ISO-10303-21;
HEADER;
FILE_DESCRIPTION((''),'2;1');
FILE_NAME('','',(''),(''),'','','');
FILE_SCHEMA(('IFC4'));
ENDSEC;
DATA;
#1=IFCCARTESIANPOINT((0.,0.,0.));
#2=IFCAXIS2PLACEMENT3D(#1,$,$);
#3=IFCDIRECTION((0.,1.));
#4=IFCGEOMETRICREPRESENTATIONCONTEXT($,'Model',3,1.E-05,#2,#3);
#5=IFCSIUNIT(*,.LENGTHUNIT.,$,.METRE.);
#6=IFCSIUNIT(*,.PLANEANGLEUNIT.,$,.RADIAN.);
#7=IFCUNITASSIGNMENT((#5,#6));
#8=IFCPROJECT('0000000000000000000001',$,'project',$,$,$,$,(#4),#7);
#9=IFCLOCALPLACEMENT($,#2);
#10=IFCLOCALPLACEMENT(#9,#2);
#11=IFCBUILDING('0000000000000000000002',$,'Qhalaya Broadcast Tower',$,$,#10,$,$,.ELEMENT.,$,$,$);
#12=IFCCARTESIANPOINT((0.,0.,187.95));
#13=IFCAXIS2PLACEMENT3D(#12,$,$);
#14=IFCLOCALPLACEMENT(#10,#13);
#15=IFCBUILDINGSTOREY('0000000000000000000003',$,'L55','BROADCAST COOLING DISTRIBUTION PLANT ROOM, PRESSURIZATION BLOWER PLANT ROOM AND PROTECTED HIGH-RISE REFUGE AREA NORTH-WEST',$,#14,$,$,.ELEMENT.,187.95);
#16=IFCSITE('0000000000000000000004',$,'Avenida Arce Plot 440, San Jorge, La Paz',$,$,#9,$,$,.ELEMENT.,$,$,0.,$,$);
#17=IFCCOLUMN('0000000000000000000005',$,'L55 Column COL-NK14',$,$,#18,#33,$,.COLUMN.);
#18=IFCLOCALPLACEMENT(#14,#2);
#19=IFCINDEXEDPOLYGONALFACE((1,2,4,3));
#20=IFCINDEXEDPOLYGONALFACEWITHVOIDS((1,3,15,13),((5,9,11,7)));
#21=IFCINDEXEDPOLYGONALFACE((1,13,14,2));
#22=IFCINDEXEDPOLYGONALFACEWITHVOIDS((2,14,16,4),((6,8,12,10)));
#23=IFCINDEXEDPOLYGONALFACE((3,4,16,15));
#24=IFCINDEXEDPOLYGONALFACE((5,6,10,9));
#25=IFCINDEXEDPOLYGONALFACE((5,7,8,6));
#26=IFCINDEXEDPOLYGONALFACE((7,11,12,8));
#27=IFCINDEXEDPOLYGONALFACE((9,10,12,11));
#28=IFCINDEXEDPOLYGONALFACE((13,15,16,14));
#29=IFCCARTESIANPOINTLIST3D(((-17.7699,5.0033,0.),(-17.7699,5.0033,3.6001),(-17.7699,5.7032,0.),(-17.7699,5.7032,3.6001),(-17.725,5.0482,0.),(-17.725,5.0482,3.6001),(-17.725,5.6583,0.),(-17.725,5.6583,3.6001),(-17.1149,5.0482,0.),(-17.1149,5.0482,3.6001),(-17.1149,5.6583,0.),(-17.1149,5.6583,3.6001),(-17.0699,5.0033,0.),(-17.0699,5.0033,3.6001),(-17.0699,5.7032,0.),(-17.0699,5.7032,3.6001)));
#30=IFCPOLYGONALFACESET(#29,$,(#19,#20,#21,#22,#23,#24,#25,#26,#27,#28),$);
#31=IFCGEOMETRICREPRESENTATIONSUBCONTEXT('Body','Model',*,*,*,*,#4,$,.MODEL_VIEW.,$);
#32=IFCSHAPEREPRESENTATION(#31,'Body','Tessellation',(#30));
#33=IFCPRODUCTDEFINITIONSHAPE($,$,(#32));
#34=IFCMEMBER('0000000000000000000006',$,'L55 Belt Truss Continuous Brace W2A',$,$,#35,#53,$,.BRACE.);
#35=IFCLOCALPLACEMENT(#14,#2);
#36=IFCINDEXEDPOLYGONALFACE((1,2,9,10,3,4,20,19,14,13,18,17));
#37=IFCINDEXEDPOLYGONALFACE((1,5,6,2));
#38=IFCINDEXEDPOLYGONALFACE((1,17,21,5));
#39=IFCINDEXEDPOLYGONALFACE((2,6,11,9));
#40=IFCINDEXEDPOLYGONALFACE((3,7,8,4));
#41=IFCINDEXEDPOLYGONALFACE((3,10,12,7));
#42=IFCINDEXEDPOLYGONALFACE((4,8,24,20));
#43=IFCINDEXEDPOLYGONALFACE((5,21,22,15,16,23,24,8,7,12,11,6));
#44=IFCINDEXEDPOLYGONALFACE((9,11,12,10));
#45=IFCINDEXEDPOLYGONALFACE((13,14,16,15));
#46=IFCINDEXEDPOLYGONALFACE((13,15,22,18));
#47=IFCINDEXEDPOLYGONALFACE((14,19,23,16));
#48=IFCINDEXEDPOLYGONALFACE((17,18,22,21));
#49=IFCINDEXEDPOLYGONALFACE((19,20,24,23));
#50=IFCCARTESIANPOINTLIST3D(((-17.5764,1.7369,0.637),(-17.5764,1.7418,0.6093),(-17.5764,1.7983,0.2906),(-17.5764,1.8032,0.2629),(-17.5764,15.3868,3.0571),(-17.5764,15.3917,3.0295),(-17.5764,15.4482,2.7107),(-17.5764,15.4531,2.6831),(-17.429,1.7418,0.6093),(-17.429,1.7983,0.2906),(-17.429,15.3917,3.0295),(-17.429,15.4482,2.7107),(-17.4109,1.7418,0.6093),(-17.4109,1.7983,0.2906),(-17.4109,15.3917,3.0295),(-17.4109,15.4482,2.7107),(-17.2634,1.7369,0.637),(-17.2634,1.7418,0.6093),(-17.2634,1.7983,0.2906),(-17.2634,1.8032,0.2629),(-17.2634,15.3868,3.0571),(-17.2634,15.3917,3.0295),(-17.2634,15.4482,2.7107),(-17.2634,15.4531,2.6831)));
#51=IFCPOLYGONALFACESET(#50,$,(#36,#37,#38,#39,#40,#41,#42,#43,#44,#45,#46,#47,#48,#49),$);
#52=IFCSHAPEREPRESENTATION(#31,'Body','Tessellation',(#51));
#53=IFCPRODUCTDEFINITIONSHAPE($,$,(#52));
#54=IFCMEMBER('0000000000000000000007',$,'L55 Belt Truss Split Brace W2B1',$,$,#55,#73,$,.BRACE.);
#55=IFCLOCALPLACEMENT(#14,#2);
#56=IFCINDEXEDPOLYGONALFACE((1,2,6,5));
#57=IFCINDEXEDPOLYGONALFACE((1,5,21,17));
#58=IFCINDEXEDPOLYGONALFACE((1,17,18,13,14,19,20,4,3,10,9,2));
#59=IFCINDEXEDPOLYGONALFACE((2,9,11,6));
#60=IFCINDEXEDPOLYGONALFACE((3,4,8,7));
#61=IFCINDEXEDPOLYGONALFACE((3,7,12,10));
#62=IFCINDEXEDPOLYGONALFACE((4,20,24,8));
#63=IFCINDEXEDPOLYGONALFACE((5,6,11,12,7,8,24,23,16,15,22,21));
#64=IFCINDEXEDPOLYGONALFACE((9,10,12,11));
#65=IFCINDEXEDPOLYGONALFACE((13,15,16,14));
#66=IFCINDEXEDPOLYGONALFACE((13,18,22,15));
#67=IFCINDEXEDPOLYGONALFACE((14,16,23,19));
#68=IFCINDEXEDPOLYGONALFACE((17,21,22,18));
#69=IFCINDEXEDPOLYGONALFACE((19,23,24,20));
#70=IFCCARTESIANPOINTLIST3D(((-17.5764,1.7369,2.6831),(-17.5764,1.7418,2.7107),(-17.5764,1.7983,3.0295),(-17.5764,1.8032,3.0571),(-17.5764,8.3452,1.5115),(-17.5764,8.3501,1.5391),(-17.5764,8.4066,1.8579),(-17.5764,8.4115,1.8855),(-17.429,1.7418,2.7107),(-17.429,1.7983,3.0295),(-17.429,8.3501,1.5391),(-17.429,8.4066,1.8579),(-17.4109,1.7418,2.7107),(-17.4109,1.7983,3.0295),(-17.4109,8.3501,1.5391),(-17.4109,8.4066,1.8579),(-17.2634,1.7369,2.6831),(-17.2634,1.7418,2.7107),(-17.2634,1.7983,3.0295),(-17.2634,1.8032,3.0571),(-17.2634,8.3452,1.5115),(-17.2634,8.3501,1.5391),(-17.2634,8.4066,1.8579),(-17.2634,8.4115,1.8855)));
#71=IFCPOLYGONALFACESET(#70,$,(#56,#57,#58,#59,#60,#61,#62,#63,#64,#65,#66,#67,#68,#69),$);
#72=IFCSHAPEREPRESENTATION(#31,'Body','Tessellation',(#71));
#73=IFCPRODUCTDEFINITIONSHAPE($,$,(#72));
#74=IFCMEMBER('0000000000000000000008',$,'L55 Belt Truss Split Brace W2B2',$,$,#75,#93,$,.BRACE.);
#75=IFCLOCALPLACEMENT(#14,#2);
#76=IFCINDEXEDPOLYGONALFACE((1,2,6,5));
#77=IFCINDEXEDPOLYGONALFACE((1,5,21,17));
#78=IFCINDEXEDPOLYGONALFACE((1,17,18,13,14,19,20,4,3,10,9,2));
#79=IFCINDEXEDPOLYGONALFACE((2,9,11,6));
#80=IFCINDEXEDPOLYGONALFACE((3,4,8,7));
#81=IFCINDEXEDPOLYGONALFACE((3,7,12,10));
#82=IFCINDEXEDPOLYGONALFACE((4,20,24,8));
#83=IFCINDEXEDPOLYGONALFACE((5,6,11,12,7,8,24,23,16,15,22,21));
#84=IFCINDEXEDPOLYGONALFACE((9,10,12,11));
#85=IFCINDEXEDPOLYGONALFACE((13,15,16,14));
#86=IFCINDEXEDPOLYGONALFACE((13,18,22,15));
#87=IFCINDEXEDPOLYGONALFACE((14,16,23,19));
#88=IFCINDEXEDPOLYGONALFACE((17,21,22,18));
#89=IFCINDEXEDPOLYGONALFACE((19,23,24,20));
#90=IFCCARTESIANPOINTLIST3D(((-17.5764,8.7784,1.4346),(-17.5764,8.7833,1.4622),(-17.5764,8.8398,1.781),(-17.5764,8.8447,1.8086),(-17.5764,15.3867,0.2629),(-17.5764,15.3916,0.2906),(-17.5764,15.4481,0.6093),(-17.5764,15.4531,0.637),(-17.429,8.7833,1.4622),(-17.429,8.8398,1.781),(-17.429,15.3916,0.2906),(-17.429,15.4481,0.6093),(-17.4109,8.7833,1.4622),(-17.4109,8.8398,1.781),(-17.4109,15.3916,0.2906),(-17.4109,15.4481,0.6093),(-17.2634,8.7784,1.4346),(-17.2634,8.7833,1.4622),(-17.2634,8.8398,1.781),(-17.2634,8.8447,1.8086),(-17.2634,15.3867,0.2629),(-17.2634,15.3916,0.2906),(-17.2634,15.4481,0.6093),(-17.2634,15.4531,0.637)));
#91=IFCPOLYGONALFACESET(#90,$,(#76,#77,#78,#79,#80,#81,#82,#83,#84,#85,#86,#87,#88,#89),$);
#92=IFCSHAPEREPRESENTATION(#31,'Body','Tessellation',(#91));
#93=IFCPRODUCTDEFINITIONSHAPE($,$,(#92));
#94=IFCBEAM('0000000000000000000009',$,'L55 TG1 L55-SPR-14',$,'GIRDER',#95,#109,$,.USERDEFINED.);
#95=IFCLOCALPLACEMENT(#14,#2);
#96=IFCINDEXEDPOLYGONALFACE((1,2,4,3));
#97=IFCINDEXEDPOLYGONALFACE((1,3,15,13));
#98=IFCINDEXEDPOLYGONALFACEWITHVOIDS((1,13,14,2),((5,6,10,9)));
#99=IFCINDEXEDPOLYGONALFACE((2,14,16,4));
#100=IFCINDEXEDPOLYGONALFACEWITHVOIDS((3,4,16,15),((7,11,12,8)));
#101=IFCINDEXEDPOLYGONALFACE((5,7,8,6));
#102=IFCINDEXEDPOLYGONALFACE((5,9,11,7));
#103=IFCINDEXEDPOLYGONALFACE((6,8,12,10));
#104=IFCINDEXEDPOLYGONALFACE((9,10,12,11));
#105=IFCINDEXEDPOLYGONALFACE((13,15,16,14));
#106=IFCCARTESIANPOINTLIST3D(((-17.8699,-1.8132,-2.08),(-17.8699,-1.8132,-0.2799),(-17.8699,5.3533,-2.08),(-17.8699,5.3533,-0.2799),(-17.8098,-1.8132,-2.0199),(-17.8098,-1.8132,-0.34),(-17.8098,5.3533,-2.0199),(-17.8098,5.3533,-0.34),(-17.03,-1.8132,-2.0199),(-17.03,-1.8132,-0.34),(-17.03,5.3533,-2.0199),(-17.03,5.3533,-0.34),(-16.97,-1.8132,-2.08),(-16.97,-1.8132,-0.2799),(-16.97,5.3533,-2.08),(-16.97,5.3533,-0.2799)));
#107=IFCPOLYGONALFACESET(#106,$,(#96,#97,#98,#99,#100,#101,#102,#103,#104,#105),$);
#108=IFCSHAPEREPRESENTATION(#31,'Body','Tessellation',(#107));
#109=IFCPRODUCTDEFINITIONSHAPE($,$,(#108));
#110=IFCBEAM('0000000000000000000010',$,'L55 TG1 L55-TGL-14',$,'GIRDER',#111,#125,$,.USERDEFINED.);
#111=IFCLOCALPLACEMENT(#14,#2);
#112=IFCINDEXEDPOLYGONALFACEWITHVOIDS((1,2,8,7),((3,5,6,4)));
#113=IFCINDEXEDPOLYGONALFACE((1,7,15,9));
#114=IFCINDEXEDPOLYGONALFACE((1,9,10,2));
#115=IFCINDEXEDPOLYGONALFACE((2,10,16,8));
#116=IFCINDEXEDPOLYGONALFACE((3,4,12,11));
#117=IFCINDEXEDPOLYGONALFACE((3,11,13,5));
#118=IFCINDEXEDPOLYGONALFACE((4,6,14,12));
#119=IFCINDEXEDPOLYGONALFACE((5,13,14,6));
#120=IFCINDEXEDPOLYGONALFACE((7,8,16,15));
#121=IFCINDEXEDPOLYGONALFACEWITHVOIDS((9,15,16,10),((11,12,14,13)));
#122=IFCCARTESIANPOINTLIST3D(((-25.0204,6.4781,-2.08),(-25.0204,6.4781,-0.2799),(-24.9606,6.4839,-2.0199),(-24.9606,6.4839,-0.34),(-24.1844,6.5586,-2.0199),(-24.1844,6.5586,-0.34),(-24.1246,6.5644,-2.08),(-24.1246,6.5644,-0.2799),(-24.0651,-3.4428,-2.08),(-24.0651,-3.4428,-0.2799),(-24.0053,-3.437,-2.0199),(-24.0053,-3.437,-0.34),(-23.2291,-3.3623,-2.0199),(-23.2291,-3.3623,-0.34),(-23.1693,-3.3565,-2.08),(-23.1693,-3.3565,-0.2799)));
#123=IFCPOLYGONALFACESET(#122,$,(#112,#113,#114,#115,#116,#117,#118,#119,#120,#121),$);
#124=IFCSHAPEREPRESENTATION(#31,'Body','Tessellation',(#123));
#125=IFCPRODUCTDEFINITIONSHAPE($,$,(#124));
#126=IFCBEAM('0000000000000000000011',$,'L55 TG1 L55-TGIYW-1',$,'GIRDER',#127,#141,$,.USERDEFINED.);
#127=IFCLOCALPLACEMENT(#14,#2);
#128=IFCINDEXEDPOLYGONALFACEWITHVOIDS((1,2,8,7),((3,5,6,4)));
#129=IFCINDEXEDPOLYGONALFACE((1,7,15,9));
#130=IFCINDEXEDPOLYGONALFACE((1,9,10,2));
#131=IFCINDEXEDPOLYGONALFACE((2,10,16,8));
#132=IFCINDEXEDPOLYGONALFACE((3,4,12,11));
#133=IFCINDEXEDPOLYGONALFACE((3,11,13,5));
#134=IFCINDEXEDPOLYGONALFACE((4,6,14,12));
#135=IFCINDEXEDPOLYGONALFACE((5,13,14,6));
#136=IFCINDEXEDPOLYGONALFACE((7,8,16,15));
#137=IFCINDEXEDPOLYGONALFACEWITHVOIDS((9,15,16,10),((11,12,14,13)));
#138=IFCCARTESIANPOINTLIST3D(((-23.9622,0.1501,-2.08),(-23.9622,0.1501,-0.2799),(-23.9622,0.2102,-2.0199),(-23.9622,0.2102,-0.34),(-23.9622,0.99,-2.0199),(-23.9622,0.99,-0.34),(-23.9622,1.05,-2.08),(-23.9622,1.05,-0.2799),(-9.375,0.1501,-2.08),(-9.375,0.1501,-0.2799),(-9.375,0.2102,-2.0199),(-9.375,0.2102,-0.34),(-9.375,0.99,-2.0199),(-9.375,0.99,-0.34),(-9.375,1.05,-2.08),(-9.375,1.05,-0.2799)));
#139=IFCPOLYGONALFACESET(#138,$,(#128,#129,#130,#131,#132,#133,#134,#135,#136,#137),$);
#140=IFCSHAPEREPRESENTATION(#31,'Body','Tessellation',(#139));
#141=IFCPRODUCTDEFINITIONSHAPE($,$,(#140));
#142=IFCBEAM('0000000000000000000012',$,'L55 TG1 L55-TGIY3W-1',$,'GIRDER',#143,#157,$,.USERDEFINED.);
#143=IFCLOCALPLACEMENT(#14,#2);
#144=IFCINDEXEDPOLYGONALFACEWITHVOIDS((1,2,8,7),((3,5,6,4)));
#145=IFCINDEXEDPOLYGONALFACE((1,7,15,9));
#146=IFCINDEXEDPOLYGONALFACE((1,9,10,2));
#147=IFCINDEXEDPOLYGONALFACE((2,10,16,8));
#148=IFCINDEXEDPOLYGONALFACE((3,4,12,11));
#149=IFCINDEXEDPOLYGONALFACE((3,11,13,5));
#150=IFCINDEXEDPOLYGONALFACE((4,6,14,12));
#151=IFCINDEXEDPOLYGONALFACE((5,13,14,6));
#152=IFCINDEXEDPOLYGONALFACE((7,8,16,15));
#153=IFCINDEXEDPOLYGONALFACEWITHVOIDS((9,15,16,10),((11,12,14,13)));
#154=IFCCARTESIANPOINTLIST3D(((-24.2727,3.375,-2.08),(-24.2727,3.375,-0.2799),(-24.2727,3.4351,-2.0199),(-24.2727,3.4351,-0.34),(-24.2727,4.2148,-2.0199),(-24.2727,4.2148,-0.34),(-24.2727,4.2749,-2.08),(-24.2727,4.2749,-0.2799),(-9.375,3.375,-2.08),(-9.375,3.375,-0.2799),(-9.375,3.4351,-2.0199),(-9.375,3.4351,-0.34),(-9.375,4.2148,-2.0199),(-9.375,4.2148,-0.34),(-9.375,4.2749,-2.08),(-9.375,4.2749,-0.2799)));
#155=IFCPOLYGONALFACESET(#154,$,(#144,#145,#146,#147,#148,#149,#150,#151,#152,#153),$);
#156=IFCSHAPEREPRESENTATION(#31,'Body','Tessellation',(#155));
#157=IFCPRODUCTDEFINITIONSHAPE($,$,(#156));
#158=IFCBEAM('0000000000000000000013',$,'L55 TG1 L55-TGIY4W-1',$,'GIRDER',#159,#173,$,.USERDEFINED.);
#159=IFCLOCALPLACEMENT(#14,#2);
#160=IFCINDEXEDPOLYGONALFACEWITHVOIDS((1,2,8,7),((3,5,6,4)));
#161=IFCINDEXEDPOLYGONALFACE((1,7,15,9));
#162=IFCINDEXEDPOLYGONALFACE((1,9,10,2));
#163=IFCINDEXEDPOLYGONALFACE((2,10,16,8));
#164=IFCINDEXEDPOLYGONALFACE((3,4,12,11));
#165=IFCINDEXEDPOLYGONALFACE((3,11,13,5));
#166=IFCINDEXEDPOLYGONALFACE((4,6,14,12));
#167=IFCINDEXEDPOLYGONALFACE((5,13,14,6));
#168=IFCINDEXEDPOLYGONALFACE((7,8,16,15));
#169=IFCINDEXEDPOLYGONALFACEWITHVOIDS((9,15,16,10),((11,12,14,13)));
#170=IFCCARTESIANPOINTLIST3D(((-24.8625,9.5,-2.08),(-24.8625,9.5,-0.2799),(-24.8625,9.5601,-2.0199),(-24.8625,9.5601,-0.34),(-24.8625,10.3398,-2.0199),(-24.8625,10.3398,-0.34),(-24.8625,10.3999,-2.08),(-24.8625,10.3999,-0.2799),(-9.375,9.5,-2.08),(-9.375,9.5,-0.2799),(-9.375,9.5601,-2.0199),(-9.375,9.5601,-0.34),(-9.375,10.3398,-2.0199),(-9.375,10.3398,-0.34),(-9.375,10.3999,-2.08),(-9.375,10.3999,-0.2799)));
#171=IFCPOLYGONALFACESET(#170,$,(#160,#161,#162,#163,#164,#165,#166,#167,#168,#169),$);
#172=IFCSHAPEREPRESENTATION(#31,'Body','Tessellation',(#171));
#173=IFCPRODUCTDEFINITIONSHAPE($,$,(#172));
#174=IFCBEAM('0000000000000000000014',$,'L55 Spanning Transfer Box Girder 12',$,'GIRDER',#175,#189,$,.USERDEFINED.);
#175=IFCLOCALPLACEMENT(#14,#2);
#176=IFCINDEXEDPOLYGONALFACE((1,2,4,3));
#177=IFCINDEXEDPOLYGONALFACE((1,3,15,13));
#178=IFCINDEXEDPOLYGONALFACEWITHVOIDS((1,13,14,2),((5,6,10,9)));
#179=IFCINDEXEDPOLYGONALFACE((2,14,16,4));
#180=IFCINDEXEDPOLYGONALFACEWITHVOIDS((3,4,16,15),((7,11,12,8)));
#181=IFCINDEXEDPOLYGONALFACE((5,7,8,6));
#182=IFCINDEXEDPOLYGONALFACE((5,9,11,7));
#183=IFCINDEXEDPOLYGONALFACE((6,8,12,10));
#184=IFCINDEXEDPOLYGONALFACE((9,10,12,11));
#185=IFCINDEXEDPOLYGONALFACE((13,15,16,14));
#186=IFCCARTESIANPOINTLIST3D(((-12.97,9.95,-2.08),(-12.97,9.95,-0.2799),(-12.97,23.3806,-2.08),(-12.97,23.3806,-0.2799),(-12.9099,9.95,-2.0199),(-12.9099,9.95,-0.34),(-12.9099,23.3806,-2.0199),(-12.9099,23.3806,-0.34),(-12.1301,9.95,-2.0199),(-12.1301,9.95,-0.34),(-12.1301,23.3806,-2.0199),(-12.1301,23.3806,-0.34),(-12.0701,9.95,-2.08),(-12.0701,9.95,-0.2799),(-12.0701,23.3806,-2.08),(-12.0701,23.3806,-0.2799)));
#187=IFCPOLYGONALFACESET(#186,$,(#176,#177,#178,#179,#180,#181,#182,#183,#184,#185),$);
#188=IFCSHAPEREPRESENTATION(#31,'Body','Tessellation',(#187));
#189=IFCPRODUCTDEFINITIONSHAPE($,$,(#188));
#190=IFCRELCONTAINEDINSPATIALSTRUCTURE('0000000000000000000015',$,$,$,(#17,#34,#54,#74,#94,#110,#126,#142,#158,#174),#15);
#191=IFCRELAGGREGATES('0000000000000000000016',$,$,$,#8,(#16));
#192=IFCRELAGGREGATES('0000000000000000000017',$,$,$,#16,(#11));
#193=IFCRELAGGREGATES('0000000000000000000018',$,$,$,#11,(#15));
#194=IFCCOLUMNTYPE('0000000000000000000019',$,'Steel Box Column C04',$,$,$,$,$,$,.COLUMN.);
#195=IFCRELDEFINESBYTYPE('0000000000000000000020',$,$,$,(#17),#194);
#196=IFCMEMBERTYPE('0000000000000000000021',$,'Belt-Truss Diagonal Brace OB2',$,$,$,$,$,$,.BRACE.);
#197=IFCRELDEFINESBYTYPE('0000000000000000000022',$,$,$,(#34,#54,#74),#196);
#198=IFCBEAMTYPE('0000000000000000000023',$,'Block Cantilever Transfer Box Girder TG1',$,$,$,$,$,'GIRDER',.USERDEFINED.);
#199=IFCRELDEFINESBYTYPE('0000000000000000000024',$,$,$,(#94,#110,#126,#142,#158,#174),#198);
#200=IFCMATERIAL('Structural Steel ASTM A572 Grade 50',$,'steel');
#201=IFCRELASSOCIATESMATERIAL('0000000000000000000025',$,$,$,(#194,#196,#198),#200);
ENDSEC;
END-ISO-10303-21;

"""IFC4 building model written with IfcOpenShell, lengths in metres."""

from ifc_helpers import new_model, si_unit, direction, frame, origin, origin_2d, place, context, subcontext, project, spatial, hollow_rectangle, i_section, extrude, material, material_profile, profile_set, type_object, element, save


model = new_model("IFC4")

# Units and contexts
model_context = context("Model", 3, precision=1e-05, world=origin(), true_north=direction((0.0, 1.0)))
body_context = subcontext(model_context, "Body", "Model", "MODEL_VIEW")
ifc_project = project(units=[si_unit("LENGTHUNIT", "METRE"), si_unit("PLANEANGLEUNIT", "RADIAN")], contexts=[model_context])

# Site, building, storey
site_placement = place(None, origin())
site = spatial("IfcSite", under=ifc_project, at=site_placement, Name="Avenida Arce Plot 440, San Jorge, La Paz", CompositionType="ELEMENT", RefElevation=0.0)
building_placement = place(site_placement, origin())
building = spatial("IfcBuilding", under=site, at=building_placement, Name="Qhalaya Broadcast Tower", CompositionType="ELEMENT")
storey_placement = place(building_placement, frame((0.0, 0.0, 187.95)))
storey = spatial("IfcBuildingStorey", under=building, at=storey_placement, Name="L55", Description="BROADCAST COOLING DISTRIBUTION PLANT ROOM, PRESSURIZATION BLOWER PLANT ROOM AND PROTECTED HIGH-RISE REFUGE AREA NORTH-WEST", CompositionType="ELEMENT", Elevation=187.95)

# Column
ifc_material_1 = material(Name="Structural Steel ASTM A572 Grade 50", Category="steel")
ifc_material_profile_1 = material_profile(ifc_material_1, hollow_rectangle(XDim=0.7, YDim=0.7, WallThickness=0.0449, at=origin_2d()), Name="BOX 700x700x45")
ifc_profile_set_1 = profile_set([ifc_material_profile_1], Name="Structural Steel ASTM A572 Grade 50")
column_type = type_object("IfcColumnType", Name="Steel Box Column C04", PredefinedType="COLUMN", material=ifc_profile_set_1)
column_placement = place(storey_placement, frame((-17.4199, 5.3533, 0.0), z_axis=(0.0, 0.0, 1.0), x_axis=(0.0, 1.0, 0.0)))
element("IfcColumn", 1, at=column_placement, inside=storey, type_object=column_type, Name="L55 Column COL-NK14", PredefinedType="COLUMN", context=body_context, shape_type="SweptSolid", body=[
    extrude(hollow_rectangle(XDim=0.7, YDim=0.7, WallThickness=0.0449, at=origin_2d()), origin(), (0.0, 0.0, 1.0), 3.6001),
])

# Members
ifc_material_profile_2 = material_profile(ifc_material_1, i_section(OverallWidth=0.313, OverallDepth=0.3799, WebThickness=0.0181, FlangeThickness=0.0281, at=origin_2d()), Name="W12X120")
ifc_profile_set_2 = profile_set([ifc_material_profile_2], Name="Structural Steel ASTM A572 Grade 50")
member_type = type_object("IfcMemberType", Name="Belt-Truss Diagonal Brace OB2", PredefinedType="BRACE", material=ifc_profile_set_2)
member_placement = place(storey_placement, frame((-17.4199, 1.77, 0.45), z_axis=(0.0, 0.984643, 0.17458), x_axis=(-1.0, 0.0, 0.0)))
element("IfcMember", 2, at=member_placement, inside=storey, type_object=member_type, Name="L55 Belt Truss Continuous Brace W2A", PredefinedType="BRACE", context=body_context, shape_type="SweptSolid", body=[
    extrude(i_section(OverallWidth=0.313, OverallDepth=0.3799, WebThickness=0.0181, FlangeThickness=0.0281, at=origin_2d()), origin(), (0.0, 0.0, 1.0), 13.8628),
])
for number, where, z_axis, x_axis, name in (
    (3, (-17.4199, 1.77, 2.8701), (0.0, 0.984644, -0.174572), (-1.0, 0.0, 0.0), "L55 Belt Truss Split Brace W2B1"),
    (4, (-17.4199, 8.8115, 1.6216), (0.0, 0.984644, -0.174572), (-1.0, 0.0, 0.0), "L55 Belt Truss Split Brace W2B2"),
):
    element("IfcMember", number, at=place(storey_placement, frame(where, z_axis=z_axis, x_axis=x_axis)), inside=storey, type_object=member_type, Name=name, PredefinedType="BRACE", context=body_context, shape_type="SweptSolid", body=[
        extrude(i_section(OverallWidth=0.313, OverallDepth=0.3799, WebThickness=0.0181, FlangeThickness=0.0281, at=origin_2d()), origin(), (0.0, 0.0, 1.0), 6.7114),
    ])

# Beams
ifc_material_profile_3 = material_profile(ifc_material_1, hollow_rectangle(XDim=0.8999, YDim=1.8, WallThickness=0.0601, at=origin_2d()), Name="BOX 900x1800x60")
ifc_profile_set_3 = profile_set([ifc_material_profile_3], Name="Structural Steel ASTM A572 Grade 50")
beam_type_1 = type_object("IfcBeamType", Name="Block Cantilever Transfer Box Girder TG1", ElementType="GIRDER", PredefinedType="USERDEFINED", material=ifc_profile_set_3)
beam_1_placement = place(storey_placement, frame((-17.4199, 5.3533, -1.1799), z_axis=(0.0, -1.0, 0.0), x_axis=(1.0, 0.0, 0.0)))
element("IfcBeam", 5, at=beam_1_placement, inside=storey, type_object=beam_type_1, Name="L55 TG1 L55-SPR-14", ObjectType="GIRDER", PredefinedType="USERDEFINED", context=body_context, shape_type="SweptSolid", body=[
    extrude(hollow_rectangle(XDim=0.8999, YDim=1.8, WallThickness=0.0601, at=origin_2d()), origin(), (0.0, 0.0, 1.0), 7.1665),
])
beam_2_placement = place(storey_placement, frame((-24.5725, 6.5212, -1.1799), z_axis=(0.095851, -0.995396, 0.0), x_axis=(0.995396, 0.095851, 0.0)))
element("IfcBeam", 6, at=beam_2_placement, inside=storey, type_object=beam_type_1, Name="L55 TG1 L55-TGL-14", ObjectType="GIRDER", PredefinedType="USERDEFINED", context=body_context, shape_type="SweptSolid", body=[
    extrude(hollow_rectangle(XDim=0.8999, YDim=1.8, WallThickness=0.0601, at=origin_2d()), origin(), (0.0, 0.0, 1.0), 9.9668),
])
beam_3_placement = place(storey_placement, frame((-23.9622, 0.6001, -1.1799), z_axis=(1.0, 0.0, 0.0), x_axis=(0.0, 1.0, 0.0)))
element("IfcBeam", 7, at=beam_3_placement, inside=storey, type_object=beam_type_1, Name="L55 TG1 L55-TGIYW-1", ObjectType="GIRDER", PredefinedType="USERDEFINED", context=body_context, shape_type="SweptSolid", body=[
    extrude(hollow_rectangle(XDim=0.8999, YDim=1.8, WallThickness=0.0601, at=origin_2d()), origin(), (0.0, 0.0, 1.0), 14.5872),
])
beam_4_placement = place(storey_placement, frame((-24.2727, 3.825, -1.1799), z_axis=(1.0, 0.0, 0.0), x_axis=(0.0, 1.0, 0.0)))
element("IfcBeam", 8, at=beam_4_placement, inside=storey, type_object=beam_type_1, Name="L55 TG1 L55-TGIY3W-1", ObjectType="GIRDER", PredefinedType="USERDEFINED", context=body_context, shape_type="SweptSolid", body=[
    extrude(hollow_rectangle(XDim=0.8999, YDim=1.8, WallThickness=0.0601, at=origin_2d()), origin(), (0.0, 0.0, 1.0), 14.8977),
])
beam_5_placement = place(storey_placement, frame((-24.8625, 9.95, -1.1799), z_axis=(1.0, 0.0, 0.0), x_axis=(0.0, 1.0, 0.0)))
element("IfcBeam", 9, at=beam_5_placement, inside=storey, type_object=beam_type_1, Name="L55 TG1 L55-TGIY4W-1", ObjectType="GIRDER", PredefinedType="USERDEFINED", context=body_context, shape_type="SweptSolid", body=[
    extrude(hollow_rectangle(XDim=0.8999, YDim=1.8, WallThickness=0.0601, at=origin_2d()), origin(), (0.0, 0.0, 1.0), 15.4875),
])
beam_6_placement = place(storey_placement, frame((-12.52, 9.95, -1.1799), z_axis=(0.0, 1.0, 0.0), x_axis=(-1.0, 0.0, 0.0)))
element("IfcBeam", 10, at=beam_6_placement, inside=storey, type_object=beam_type_1, Name="L55 Spanning Transfer Box Girder 12", ObjectType="GIRDER", PredefinedType="USERDEFINED", context=body_context, shape_type="SweptSolid", body=[
    extrude(hollow_rectangle(XDim=0.8999, YDim=1.8, WallThickness=0.0601, at=origin_2d()), origin(), (0.0, 0.0, 1.0), 13.4307),
])

save(model, "model.ifc")
